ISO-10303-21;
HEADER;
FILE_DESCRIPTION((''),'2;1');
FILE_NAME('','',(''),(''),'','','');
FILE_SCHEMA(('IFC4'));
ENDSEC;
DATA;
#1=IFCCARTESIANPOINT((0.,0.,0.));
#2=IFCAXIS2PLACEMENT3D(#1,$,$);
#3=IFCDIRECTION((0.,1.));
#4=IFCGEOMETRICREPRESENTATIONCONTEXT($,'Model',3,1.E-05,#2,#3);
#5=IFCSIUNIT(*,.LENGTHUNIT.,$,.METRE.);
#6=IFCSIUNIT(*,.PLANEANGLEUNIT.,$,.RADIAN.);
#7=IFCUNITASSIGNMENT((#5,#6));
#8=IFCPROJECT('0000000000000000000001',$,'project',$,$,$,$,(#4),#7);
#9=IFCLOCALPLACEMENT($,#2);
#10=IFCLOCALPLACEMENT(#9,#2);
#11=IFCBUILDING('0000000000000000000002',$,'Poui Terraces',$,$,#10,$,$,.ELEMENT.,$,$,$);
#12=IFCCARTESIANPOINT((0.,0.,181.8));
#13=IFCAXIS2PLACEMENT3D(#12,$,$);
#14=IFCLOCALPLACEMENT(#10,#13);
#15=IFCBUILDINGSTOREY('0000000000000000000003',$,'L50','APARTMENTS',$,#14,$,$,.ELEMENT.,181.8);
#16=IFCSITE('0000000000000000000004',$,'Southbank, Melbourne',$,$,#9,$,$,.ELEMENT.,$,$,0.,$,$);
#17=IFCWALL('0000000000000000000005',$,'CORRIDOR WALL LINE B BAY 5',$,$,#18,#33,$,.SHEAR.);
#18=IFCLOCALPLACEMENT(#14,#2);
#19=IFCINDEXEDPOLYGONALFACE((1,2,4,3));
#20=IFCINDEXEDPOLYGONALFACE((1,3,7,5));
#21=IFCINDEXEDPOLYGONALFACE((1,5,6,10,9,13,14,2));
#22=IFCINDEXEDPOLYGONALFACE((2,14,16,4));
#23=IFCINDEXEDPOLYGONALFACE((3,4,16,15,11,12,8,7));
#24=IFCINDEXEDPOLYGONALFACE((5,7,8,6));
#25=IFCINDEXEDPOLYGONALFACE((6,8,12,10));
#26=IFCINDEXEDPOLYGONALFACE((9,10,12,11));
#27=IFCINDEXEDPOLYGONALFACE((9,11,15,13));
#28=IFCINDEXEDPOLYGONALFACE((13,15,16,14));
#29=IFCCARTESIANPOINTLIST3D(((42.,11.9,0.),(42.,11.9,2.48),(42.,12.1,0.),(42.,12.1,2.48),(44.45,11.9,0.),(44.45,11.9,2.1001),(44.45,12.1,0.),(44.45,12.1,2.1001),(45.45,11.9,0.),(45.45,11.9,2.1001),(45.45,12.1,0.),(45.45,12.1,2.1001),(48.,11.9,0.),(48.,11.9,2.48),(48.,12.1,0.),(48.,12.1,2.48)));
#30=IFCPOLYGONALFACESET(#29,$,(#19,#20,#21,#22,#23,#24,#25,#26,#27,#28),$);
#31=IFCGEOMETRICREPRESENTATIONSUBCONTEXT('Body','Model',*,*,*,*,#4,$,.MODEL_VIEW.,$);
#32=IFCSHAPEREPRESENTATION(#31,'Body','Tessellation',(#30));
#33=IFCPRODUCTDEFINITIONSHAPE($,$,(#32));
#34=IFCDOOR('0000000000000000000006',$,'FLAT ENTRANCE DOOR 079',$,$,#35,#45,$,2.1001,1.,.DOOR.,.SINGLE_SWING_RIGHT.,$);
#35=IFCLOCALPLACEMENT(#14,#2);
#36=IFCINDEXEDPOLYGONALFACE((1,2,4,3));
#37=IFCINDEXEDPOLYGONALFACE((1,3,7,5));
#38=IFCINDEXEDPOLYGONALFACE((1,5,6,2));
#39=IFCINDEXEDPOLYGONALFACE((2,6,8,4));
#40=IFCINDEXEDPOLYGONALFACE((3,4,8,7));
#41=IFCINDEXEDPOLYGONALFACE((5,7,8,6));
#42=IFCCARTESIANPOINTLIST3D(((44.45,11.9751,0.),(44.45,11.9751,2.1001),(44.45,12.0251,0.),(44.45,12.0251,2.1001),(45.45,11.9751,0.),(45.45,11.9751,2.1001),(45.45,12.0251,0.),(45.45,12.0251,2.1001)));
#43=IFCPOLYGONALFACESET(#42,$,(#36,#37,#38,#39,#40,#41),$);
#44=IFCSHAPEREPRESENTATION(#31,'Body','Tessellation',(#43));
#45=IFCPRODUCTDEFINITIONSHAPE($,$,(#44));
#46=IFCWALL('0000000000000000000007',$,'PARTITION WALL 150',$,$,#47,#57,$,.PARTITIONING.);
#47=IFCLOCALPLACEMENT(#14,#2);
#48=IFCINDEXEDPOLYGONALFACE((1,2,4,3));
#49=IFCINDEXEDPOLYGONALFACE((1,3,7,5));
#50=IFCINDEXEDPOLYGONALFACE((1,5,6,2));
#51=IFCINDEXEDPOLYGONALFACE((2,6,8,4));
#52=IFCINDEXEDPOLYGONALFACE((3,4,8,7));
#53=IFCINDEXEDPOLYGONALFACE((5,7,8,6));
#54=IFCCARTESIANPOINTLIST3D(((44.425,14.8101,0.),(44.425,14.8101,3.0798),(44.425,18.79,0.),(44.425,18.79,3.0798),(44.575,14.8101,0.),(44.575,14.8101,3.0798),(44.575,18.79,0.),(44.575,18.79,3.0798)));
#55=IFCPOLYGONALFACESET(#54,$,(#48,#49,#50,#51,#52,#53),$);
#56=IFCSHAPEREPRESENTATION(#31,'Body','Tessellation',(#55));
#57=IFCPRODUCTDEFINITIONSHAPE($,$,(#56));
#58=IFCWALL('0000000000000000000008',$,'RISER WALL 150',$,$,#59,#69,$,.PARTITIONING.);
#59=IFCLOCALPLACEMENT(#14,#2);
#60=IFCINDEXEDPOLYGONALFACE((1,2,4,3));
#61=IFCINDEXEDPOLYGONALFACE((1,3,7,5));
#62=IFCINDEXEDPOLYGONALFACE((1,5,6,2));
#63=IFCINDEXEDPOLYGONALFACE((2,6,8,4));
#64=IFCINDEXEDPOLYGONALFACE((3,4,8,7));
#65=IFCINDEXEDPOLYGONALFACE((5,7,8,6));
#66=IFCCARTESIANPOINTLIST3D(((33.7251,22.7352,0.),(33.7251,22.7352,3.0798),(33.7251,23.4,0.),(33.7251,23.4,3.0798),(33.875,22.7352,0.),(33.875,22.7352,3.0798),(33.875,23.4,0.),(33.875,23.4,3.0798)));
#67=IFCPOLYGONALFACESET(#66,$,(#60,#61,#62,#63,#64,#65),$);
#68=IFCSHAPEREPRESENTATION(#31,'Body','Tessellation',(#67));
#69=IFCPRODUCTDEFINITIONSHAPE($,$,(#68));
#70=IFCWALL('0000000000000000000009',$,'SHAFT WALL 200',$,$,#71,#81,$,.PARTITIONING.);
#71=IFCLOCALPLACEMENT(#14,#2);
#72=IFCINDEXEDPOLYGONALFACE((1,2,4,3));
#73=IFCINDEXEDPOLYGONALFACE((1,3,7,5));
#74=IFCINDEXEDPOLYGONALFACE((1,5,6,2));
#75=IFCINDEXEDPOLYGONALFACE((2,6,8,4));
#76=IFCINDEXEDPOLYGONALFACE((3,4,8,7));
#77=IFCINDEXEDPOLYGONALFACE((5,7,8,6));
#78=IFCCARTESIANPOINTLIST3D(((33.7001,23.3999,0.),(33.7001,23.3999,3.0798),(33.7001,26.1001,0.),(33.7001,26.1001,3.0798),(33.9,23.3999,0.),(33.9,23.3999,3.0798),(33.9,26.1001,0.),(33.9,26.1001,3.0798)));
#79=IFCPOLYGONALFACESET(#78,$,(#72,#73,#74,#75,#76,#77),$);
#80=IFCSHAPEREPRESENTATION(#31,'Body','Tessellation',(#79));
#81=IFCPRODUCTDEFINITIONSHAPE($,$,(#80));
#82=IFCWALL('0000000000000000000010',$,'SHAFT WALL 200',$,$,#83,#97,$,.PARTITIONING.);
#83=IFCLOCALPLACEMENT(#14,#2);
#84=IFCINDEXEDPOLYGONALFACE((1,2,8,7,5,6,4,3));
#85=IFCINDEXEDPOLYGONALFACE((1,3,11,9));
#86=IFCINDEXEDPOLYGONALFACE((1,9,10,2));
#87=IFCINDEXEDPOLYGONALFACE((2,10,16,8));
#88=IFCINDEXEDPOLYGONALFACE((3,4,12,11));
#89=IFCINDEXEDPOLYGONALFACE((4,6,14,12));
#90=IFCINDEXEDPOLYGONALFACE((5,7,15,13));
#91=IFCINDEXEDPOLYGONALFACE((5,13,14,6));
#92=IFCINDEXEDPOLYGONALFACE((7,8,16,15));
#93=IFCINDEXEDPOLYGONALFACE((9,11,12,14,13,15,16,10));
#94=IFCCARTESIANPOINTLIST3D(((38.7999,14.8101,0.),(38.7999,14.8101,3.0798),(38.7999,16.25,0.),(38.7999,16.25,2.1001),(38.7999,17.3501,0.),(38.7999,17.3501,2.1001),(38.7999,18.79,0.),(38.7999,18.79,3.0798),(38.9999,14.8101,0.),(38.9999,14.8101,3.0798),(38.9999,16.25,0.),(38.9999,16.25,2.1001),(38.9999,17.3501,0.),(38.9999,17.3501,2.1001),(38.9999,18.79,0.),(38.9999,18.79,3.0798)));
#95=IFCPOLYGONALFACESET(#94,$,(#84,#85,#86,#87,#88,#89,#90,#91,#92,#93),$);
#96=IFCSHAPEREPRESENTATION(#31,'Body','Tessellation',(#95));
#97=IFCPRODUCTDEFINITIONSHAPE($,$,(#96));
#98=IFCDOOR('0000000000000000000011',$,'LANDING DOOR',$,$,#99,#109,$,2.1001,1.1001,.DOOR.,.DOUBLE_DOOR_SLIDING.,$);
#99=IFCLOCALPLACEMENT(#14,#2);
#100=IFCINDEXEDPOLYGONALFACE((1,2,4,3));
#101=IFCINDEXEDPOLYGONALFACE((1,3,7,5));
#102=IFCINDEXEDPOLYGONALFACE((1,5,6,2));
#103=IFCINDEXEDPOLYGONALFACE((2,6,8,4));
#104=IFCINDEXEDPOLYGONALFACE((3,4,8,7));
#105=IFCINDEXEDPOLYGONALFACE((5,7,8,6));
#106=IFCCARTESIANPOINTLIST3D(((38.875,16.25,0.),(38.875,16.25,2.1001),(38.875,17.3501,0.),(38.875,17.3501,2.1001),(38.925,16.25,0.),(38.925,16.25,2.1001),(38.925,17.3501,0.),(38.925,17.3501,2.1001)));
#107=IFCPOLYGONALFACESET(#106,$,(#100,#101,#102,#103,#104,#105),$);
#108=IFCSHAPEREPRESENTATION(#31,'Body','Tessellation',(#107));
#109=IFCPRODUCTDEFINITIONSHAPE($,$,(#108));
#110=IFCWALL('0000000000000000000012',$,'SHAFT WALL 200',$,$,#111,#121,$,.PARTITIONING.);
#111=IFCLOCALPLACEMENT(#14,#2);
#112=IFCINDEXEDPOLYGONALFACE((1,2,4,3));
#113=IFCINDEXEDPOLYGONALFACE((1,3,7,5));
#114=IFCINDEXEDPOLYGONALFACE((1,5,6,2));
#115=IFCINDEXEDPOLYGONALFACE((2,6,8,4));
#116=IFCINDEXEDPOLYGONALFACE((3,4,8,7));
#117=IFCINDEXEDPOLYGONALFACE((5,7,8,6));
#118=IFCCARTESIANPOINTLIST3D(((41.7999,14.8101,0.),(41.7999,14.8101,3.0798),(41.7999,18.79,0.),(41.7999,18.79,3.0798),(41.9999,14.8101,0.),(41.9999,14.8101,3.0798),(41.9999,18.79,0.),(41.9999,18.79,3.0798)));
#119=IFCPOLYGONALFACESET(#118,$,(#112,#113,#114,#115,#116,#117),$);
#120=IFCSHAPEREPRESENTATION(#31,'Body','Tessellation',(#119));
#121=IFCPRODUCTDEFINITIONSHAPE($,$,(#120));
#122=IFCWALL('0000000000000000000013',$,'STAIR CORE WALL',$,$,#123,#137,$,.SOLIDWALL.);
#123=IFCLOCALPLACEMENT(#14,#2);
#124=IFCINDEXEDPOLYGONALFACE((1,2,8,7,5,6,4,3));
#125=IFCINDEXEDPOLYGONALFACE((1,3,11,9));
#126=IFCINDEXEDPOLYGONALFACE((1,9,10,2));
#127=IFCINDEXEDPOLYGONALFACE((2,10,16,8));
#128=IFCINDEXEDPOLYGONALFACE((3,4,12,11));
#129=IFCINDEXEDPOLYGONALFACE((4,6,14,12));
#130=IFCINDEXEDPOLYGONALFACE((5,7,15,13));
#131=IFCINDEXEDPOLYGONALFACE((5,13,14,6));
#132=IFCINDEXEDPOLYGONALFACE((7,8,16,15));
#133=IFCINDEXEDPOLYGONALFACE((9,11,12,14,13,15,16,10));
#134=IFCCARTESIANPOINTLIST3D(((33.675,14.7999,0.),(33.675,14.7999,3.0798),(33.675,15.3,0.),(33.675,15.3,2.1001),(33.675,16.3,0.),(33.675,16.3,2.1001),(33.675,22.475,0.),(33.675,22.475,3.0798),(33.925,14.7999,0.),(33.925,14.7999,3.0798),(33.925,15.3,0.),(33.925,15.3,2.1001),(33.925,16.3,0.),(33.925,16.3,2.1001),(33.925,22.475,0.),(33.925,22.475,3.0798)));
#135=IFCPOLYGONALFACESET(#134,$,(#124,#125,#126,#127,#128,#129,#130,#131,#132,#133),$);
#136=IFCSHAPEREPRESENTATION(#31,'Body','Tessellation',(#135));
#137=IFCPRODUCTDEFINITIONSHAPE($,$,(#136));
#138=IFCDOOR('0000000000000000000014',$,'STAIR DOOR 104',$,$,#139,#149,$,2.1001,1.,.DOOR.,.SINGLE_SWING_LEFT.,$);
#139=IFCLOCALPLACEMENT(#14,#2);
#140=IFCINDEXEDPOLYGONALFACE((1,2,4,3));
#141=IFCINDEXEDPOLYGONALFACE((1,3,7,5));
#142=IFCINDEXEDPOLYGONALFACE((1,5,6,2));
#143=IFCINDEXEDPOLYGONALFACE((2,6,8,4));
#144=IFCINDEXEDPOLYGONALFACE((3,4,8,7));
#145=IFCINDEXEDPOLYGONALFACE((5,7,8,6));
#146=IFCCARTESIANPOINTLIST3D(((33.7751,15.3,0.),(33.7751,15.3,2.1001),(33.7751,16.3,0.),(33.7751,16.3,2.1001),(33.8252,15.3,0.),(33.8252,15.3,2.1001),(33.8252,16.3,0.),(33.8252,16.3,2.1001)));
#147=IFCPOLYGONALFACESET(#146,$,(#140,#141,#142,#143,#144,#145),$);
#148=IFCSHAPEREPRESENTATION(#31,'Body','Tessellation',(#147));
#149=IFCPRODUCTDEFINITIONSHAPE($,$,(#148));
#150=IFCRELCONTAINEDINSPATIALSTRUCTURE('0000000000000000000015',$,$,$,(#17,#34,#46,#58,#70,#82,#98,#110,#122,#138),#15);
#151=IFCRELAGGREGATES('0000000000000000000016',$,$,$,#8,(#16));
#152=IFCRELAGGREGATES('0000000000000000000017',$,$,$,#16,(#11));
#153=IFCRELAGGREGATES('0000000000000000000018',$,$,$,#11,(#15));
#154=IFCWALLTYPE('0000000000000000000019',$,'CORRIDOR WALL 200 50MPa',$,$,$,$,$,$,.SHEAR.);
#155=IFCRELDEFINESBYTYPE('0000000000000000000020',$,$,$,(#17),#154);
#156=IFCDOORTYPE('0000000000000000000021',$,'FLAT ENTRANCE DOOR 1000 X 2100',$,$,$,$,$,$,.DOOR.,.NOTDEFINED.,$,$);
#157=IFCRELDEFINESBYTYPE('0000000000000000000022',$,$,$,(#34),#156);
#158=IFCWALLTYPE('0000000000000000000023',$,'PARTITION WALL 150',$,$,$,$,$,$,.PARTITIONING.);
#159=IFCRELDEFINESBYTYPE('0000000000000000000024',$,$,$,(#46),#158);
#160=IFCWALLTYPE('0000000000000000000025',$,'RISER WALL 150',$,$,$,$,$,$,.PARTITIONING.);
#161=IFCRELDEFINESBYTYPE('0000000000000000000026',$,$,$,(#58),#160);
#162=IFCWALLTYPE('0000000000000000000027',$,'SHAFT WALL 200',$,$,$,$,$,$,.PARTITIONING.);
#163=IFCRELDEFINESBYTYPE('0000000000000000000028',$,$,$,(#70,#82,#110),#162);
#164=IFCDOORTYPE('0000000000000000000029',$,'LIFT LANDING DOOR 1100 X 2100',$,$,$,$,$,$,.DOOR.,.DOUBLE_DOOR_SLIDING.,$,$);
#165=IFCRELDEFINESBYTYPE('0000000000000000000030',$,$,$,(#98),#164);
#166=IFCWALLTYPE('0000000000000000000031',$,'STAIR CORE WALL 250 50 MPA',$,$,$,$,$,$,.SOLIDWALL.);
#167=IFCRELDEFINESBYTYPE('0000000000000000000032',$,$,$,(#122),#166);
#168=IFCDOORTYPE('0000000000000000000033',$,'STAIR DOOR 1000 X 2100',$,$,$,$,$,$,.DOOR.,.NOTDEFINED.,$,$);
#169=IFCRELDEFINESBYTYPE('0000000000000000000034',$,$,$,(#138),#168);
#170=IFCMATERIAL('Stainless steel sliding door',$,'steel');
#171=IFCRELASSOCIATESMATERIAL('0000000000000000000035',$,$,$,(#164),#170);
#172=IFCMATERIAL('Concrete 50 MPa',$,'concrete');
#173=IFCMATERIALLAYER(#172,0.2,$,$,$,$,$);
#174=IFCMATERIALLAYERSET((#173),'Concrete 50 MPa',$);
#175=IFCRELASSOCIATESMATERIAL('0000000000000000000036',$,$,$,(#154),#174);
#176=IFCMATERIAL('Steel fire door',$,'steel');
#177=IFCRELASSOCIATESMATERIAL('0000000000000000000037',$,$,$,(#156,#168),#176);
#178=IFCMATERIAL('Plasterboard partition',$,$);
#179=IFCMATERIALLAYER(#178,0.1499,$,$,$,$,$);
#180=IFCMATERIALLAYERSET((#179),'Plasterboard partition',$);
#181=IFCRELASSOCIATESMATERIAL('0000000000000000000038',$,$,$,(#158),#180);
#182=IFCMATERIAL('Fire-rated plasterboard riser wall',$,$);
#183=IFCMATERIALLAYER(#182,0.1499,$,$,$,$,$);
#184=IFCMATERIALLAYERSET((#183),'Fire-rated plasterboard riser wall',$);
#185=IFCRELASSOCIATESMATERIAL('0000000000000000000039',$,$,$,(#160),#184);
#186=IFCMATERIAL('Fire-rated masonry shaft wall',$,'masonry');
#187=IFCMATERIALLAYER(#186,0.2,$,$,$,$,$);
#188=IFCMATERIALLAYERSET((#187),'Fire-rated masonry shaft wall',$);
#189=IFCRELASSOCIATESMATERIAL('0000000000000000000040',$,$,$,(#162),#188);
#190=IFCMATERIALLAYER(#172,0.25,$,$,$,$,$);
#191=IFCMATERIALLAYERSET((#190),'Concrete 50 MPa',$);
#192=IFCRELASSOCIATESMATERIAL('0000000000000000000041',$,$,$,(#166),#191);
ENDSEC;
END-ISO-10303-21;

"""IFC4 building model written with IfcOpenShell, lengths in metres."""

from ifc_helpers import new_model, si_unit, direction, frame, frame_2d, origin, place, context, subcontext, project, spatial, rectangle, extrude, material, layer, layer_set, type_object, element, fill, save


model = new_model("IFC4")

# Units and contexts
model_context = context("Model", 3, precision=1e-05, world=origin(), true_north=direction((0.0, 1.0)))
body_context = subcontext(model_context, "Body", "Model", "MODEL_VIEW")
ifc_project = project(units=[si_unit("LENGTHUNIT", "METRE"), si_unit("PLANEANGLEUNIT", "RADIAN")], contexts=[model_context])

# Site, building, storey
site_placement = place(None, origin())
site = spatial("IfcSite", under=ifc_project, at=site_placement, Name="Southbank, Melbourne", CompositionType="ELEMENT", RefElevation=0.0)
building_placement = place(site_placement, origin())
building = spatial("IfcBuilding", under=site, at=building_placement, Name="Poui Terraces", CompositionType="ELEMENT")
storey_placement = place(building_placement, frame((0.0, 0.0, 181.8)))
storey = spatial("IfcBuildingStorey", under=building, at=storey_placement, Name="L50", Description="APARTMENTS", CompositionType="ELEMENT", Elevation=181.8)

# Shared definitions
ifc_material_1 = material(Name="Concrete 50 MPa", Category="concrete")

# Shared definitions
ifc_material_2 = material(Name="Steel fire door", Category="steel")
ifc_material_3 = material(Name="Stainless steel sliding door", Category="steel")
door_type_1 = type_object("IfcDoorType", Name="LIFT LANDING DOOR 1100 X 2100", OperationType="DOUBLE_DOOR_SLIDING", PredefinedType="DOOR", material=ifc_material_3)

# Wall, opening, door
ifc_layer_1 = layer(ifc_material_1, 0.2)
ifc_layer_set_1 = layer_set([ifc_layer_1], Name="Concrete 50 MPa")
wall_type_1 = type_object("IfcWallType", Name="CORRIDOR WALL 200 50MPa", PredefinedType="SHEAR", material=ifc_layer_set_1)
wall_1_placement = place(storey_placement, frame((42.0, 12.0, 0.0), z_axis=(0.0, 0.0, 1.0), x_axis=(1.0, 0.0, 0.0)))
wall_1 = element("IfcWall", 1, at=wall_1_placement, inside=storey, type_object=wall_type_1, Name="CORRIDOR WALL LINE B BAY 5", PredefinedType="SHEAR", context=body_context, shape_type="SweptSolid", body=[
    extrude(rectangle(XDim=6.0, YDim=0.2, at=frame_2d((3.0, 0.0))), origin(), (0.0, 0.0, 1.0), 2.48),
])
opening_1_placement = place(wall_1_placement, frame((2.45, 0.0, 0.0)))
opening_1 = element("IfcOpeningElement", 2, at=opening_1_placement, cuts=wall_1, PredefinedType="OPENING", context=body_context, shape_type="SweptSolid", body=[
    extrude(rectangle(XDim=1.0, YDim=2.1001, at=frame_2d((0.5, 1.05))), frame((0.0, 0.1099, 0.0), z_axis=(0.0, -1.0, 0.0), x_axis=(1.0, 0.0, 0.0)), (0.0, 0.0, 1.0), 0.22),
])
door_type_2 = type_object("IfcDoorType", Name="FLAT ENTRANCE DOOR 1000 X 2100", OperationType="NOTDEFINED", PredefinedType="DOOR", material=ifc_material_2)
door_1_placement = place(opening_1_placement, frame((1.0, 0.0, 0.0), z_axis=(0.0, 0.0, 1.0), x_axis=(-1.0, 0.0, 0.0)))
door_1 = element("IfcDoor", 3, at=door_1_placement, inside=storey, type_object=door_type_2, Name="FLAT ENTRANCE DOOR 079", OperationType="SINGLE_SWING_RIGHT", OverallHeight=2.1001, OverallWidth=1.0, PredefinedType="DOOR", context=body_context, shape_type="SweptSolid", body=[
    extrude(rectangle(XDim=1.0, YDim=2.1001, at=frame_2d((0.5, 1.05))), frame((0.0, 0.0249, 0.0), z_axis=(0.0, -1.0, 0.0), x_axis=(1.0, 0.0, 0.0)), (0.0, 0.0, 1.0), 0.05),
])
fill(opening_1, door_1)

# Walls
ifc_material_4 = material(Name="Plasterboard partition")
ifc_layer_2 = layer(ifc_material_4, 0.1499)
ifc_layer_set_2 = layer_set([ifc_layer_2], Name="Plasterboard partition")
wall_type_2 = type_object("IfcWallType", Name="PARTITION WALL 150", PredefinedType="PARTITIONING", material=ifc_layer_set_2)
wall_2_placement = place(storey_placement, frame((44.5, 14.8101, 0.0), z_axis=(0.0, 0.0, 1.0), x_axis=(0.0, 1.0, 0.0)))
element("IfcWall", 4, at=wall_2_placement, inside=storey, type_object=wall_type_2, Name="PARTITION WALL 150", PredefinedType="PARTITIONING", context=body_context, shape_type="SweptSolid", body=[
    extrude(rectangle(XDim=3.98, YDim=0.1499, at=frame_2d((1.99, 0.0))), origin(), (0.0, 0.0, 1.0), 3.0798),
])
ifc_material_5 = material(Name="Fire-rated plasterboard riser wall")
ifc_layer_3 = layer(ifc_material_5, 0.1499)
ifc_layer_set_3 = layer_set([ifc_layer_3], Name="Fire-rated plasterboard riser wall")
wall_type_3 = type_object("IfcWallType", Name="RISER WALL 150", PredefinedType="PARTITIONING", material=ifc_layer_set_3)
wall_3_placement = place(storey_placement, frame((33.8, 22.7351, 0.0), z_axis=(0.0, 0.0, 1.0), x_axis=(0.0, 1.0, 0.0)))
element("IfcWall", 5, at=wall_3_placement, inside=storey, type_object=wall_type_3, Name="RISER WALL 150", PredefinedType="PARTITIONING", context=body_context, shape_type="SweptSolid", body=[
    extrude(rectangle(XDim=0.6648, YDim=0.1499, at=frame_2d((0.3325, 0.0))), origin(), (0.0, 0.0, 1.0), 3.0798),
])
ifc_material_6 = material(Name="Fire-rated masonry shaft wall", Category="masonry")
ifc_layer_4 = layer(ifc_material_6, 0.2)
ifc_layer_set_4 = layer_set([ifc_layer_4], Name="Fire-rated masonry shaft wall")
wall_type_4 = type_object("IfcWallType", Name="SHAFT WALL 200", PredefinedType="PARTITIONING", material=ifc_layer_set_4)
wall_4_placement = place(storey_placement, frame((33.8, 23.3999, 0.0), z_axis=(0.0, 0.0, 1.0), x_axis=(0.0, 1.0, 0.0)))
element("IfcWall", 6, at=wall_4_placement, inside=storey, type_object=wall_type_4, Name="SHAFT WALL 200", PredefinedType="PARTITIONING", context=body_context, shape_type="SweptSolid", body=[
    extrude(rectangle(XDim=2.7002, YDim=0.2, at=frame_2d((1.3501, 0.0))), origin(), (0.0, 0.0, 1.0), 3.0798),
])

# Wall, opening, door
wall_5_placement = place(storey_placement, frame((38.8999, 14.8101, 0.0), z_axis=(0.0, 0.0, 1.0), x_axis=(0.0, 1.0, 0.0)))
wall_5 = element("IfcWall", 7, at=wall_5_placement, inside=storey, type_object=wall_type_4, Name="SHAFT WALL 200", PredefinedType="PARTITIONING", context=body_context, shape_type="SweptSolid", body=[
    extrude(rectangle(XDim=3.98, YDim=0.2, at=frame_2d((1.99, 0.0))), origin(), (0.0, 0.0, 1.0), 3.0798),
])
opening_2_placement = place(wall_5_placement, frame((1.4399, 0.0, 0.0)))
opening_2 = element("IfcOpeningElement", 8, at=opening_2_placement, cuts=wall_5, PredefinedType="OPENING", context=body_context, shape_type="SweptSolid", body=[
    extrude(rectangle(XDim=1.1001, YDim=2.1001, at=frame_2d((0.55, 1.05))), frame((0.0, 0.1099, 0.0), z_axis=(0.0, -1.0, 0.0), x_axis=(1.0, 0.0, 0.0)), (0.0, 0.0, 1.0), 0.22),
])
door_2_placement = place(opening_2_placement, origin())
door_2 = element("IfcDoor", 9, at=door_2_placement, inside=storey, type_object=door_type_1, Name="LANDING DOOR", OperationType="DOUBLE_DOOR_SLIDING", OverallHeight=2.1001, OverallWidth=1.1001, PredefinedType="DOOR", context=body_context, shape_type="SweptSolid", body=[
    extrude(rectangle(XDim=1.1001, YDim=2.1001, at=frame_2d((0.55, 1.05))), frame((0.0, 0.0249, 0.0), z_axis=(0.0, -1.0, 0.0), x_axis=(1.0, 0.0, 0.0)), (0.0, 0.0, 1.0), 0.05),
])
fill(opening_2, door_2)

# Wall
wall_6_placement = place(storey_placement, frame((41.8999, 14.8101, 0.0), z_axis=(0.0, 0.0, 1.0), x_axis=(0.0, 1.0, 0.0)))
element("IfcWall", 10, at=wall_6_placement, inside=storey, type_object=wall_type_4, Name="SHAFT WALL 200", PredefinedType="PARTITIONING", context=body_context, shape_type="SweptSolid", body=[
    extrude(rectangle(XDim=3.98, YDim=0.2, at=frame_2d((1.99, 0.0))), origin(), (0.0, 0.0, 1.0), 3.0798),
])

# Wall, opening, door
ifc_layer_5 = layer(ifc_material_1, 0.25)
ifc_layer_set_5 = layer_set([ifc_layer_5], Name="Concrete 50 MPa")
wall_type_5 = type_object("IfcWallType", Name="STAIR CORE WALL 250 50 MPA", PredefinedType="SOLIDWALL", material=ifc_layer_set_5)
wall_7_placement = place(storey_placement, frame((33.8, 14.8, 0.0), z_axis=(0.0, 0.0, 1.0), x_axis=(0.0, 1.0, 0.0)))
wall_7 = element("IfcWall", 11, at=wall_7_placement, inside=storey, type_object=wall_type_5, Name="STAIR CORE WALL", PredefinedType="SOLIDWALL", context=body_context, shape_type="SweptSolid", body=[
    extrude(rectangle(XDim=7.675, YDim=0.25, at=frame_2d((3.8374, 0.0))), origin(), (0.0, 0.0, 1.0), 3.0798),
])
opening_3_placement = place(wall_7_placement, frame((0.5, 0.0, 0.0)))
opening_3 = element("IfcOpeningElement", 12, at=opening_3_placement, cuts=wall_7, PredefinedType="OPENING", context=body_context, shape_type="SweptSolid", body=[
    extrude(rectangle(XDim=1.0, YDim=2.1001, at=frame_2d((0.5, 1.05))), frame((0.0, 0.135, 0.0), z_axis=(0.0, -1.0, 0.0), x_axis=(1.0, 0.0, 0.0)), (0.0, 0.0, 1.0), 0.27),
])
door_type_3 = type_object("IfcDoorType", Name="STAIR DOOR 1000 X 2100", OperationType="NOTDEFINED", PredefinedType="DOOR", material=ifc_material_2)
door_3_placement = place(opening_3_placement, origin())
door_3 = element("IfcDoor", 13, at=door_3_placement, inside=storey, type_object=door_type_3, Name="STAIR DOOR 104", OperationType="SINGLE_SWING_LEFT", OverallHeight=2.1001, OverallWidth=1.0, PredefinedType="DOOR", context=body_context, shape_type="SweptSolid", body=[
    extrude(rectangle(XDim=1.0, YDim=2.1001, at=frame_2d((0.5, 1.05))), frame((0.0, 0.0249, 0.0), z_axis=(0.0, -1.0, 0.0), x_axis=(1.0, 0.0, 0.0)), (0.0, 0.0, 1.0), 0.05),
])
fill(opening_3, door_3)

save(model, "model.ifc")
